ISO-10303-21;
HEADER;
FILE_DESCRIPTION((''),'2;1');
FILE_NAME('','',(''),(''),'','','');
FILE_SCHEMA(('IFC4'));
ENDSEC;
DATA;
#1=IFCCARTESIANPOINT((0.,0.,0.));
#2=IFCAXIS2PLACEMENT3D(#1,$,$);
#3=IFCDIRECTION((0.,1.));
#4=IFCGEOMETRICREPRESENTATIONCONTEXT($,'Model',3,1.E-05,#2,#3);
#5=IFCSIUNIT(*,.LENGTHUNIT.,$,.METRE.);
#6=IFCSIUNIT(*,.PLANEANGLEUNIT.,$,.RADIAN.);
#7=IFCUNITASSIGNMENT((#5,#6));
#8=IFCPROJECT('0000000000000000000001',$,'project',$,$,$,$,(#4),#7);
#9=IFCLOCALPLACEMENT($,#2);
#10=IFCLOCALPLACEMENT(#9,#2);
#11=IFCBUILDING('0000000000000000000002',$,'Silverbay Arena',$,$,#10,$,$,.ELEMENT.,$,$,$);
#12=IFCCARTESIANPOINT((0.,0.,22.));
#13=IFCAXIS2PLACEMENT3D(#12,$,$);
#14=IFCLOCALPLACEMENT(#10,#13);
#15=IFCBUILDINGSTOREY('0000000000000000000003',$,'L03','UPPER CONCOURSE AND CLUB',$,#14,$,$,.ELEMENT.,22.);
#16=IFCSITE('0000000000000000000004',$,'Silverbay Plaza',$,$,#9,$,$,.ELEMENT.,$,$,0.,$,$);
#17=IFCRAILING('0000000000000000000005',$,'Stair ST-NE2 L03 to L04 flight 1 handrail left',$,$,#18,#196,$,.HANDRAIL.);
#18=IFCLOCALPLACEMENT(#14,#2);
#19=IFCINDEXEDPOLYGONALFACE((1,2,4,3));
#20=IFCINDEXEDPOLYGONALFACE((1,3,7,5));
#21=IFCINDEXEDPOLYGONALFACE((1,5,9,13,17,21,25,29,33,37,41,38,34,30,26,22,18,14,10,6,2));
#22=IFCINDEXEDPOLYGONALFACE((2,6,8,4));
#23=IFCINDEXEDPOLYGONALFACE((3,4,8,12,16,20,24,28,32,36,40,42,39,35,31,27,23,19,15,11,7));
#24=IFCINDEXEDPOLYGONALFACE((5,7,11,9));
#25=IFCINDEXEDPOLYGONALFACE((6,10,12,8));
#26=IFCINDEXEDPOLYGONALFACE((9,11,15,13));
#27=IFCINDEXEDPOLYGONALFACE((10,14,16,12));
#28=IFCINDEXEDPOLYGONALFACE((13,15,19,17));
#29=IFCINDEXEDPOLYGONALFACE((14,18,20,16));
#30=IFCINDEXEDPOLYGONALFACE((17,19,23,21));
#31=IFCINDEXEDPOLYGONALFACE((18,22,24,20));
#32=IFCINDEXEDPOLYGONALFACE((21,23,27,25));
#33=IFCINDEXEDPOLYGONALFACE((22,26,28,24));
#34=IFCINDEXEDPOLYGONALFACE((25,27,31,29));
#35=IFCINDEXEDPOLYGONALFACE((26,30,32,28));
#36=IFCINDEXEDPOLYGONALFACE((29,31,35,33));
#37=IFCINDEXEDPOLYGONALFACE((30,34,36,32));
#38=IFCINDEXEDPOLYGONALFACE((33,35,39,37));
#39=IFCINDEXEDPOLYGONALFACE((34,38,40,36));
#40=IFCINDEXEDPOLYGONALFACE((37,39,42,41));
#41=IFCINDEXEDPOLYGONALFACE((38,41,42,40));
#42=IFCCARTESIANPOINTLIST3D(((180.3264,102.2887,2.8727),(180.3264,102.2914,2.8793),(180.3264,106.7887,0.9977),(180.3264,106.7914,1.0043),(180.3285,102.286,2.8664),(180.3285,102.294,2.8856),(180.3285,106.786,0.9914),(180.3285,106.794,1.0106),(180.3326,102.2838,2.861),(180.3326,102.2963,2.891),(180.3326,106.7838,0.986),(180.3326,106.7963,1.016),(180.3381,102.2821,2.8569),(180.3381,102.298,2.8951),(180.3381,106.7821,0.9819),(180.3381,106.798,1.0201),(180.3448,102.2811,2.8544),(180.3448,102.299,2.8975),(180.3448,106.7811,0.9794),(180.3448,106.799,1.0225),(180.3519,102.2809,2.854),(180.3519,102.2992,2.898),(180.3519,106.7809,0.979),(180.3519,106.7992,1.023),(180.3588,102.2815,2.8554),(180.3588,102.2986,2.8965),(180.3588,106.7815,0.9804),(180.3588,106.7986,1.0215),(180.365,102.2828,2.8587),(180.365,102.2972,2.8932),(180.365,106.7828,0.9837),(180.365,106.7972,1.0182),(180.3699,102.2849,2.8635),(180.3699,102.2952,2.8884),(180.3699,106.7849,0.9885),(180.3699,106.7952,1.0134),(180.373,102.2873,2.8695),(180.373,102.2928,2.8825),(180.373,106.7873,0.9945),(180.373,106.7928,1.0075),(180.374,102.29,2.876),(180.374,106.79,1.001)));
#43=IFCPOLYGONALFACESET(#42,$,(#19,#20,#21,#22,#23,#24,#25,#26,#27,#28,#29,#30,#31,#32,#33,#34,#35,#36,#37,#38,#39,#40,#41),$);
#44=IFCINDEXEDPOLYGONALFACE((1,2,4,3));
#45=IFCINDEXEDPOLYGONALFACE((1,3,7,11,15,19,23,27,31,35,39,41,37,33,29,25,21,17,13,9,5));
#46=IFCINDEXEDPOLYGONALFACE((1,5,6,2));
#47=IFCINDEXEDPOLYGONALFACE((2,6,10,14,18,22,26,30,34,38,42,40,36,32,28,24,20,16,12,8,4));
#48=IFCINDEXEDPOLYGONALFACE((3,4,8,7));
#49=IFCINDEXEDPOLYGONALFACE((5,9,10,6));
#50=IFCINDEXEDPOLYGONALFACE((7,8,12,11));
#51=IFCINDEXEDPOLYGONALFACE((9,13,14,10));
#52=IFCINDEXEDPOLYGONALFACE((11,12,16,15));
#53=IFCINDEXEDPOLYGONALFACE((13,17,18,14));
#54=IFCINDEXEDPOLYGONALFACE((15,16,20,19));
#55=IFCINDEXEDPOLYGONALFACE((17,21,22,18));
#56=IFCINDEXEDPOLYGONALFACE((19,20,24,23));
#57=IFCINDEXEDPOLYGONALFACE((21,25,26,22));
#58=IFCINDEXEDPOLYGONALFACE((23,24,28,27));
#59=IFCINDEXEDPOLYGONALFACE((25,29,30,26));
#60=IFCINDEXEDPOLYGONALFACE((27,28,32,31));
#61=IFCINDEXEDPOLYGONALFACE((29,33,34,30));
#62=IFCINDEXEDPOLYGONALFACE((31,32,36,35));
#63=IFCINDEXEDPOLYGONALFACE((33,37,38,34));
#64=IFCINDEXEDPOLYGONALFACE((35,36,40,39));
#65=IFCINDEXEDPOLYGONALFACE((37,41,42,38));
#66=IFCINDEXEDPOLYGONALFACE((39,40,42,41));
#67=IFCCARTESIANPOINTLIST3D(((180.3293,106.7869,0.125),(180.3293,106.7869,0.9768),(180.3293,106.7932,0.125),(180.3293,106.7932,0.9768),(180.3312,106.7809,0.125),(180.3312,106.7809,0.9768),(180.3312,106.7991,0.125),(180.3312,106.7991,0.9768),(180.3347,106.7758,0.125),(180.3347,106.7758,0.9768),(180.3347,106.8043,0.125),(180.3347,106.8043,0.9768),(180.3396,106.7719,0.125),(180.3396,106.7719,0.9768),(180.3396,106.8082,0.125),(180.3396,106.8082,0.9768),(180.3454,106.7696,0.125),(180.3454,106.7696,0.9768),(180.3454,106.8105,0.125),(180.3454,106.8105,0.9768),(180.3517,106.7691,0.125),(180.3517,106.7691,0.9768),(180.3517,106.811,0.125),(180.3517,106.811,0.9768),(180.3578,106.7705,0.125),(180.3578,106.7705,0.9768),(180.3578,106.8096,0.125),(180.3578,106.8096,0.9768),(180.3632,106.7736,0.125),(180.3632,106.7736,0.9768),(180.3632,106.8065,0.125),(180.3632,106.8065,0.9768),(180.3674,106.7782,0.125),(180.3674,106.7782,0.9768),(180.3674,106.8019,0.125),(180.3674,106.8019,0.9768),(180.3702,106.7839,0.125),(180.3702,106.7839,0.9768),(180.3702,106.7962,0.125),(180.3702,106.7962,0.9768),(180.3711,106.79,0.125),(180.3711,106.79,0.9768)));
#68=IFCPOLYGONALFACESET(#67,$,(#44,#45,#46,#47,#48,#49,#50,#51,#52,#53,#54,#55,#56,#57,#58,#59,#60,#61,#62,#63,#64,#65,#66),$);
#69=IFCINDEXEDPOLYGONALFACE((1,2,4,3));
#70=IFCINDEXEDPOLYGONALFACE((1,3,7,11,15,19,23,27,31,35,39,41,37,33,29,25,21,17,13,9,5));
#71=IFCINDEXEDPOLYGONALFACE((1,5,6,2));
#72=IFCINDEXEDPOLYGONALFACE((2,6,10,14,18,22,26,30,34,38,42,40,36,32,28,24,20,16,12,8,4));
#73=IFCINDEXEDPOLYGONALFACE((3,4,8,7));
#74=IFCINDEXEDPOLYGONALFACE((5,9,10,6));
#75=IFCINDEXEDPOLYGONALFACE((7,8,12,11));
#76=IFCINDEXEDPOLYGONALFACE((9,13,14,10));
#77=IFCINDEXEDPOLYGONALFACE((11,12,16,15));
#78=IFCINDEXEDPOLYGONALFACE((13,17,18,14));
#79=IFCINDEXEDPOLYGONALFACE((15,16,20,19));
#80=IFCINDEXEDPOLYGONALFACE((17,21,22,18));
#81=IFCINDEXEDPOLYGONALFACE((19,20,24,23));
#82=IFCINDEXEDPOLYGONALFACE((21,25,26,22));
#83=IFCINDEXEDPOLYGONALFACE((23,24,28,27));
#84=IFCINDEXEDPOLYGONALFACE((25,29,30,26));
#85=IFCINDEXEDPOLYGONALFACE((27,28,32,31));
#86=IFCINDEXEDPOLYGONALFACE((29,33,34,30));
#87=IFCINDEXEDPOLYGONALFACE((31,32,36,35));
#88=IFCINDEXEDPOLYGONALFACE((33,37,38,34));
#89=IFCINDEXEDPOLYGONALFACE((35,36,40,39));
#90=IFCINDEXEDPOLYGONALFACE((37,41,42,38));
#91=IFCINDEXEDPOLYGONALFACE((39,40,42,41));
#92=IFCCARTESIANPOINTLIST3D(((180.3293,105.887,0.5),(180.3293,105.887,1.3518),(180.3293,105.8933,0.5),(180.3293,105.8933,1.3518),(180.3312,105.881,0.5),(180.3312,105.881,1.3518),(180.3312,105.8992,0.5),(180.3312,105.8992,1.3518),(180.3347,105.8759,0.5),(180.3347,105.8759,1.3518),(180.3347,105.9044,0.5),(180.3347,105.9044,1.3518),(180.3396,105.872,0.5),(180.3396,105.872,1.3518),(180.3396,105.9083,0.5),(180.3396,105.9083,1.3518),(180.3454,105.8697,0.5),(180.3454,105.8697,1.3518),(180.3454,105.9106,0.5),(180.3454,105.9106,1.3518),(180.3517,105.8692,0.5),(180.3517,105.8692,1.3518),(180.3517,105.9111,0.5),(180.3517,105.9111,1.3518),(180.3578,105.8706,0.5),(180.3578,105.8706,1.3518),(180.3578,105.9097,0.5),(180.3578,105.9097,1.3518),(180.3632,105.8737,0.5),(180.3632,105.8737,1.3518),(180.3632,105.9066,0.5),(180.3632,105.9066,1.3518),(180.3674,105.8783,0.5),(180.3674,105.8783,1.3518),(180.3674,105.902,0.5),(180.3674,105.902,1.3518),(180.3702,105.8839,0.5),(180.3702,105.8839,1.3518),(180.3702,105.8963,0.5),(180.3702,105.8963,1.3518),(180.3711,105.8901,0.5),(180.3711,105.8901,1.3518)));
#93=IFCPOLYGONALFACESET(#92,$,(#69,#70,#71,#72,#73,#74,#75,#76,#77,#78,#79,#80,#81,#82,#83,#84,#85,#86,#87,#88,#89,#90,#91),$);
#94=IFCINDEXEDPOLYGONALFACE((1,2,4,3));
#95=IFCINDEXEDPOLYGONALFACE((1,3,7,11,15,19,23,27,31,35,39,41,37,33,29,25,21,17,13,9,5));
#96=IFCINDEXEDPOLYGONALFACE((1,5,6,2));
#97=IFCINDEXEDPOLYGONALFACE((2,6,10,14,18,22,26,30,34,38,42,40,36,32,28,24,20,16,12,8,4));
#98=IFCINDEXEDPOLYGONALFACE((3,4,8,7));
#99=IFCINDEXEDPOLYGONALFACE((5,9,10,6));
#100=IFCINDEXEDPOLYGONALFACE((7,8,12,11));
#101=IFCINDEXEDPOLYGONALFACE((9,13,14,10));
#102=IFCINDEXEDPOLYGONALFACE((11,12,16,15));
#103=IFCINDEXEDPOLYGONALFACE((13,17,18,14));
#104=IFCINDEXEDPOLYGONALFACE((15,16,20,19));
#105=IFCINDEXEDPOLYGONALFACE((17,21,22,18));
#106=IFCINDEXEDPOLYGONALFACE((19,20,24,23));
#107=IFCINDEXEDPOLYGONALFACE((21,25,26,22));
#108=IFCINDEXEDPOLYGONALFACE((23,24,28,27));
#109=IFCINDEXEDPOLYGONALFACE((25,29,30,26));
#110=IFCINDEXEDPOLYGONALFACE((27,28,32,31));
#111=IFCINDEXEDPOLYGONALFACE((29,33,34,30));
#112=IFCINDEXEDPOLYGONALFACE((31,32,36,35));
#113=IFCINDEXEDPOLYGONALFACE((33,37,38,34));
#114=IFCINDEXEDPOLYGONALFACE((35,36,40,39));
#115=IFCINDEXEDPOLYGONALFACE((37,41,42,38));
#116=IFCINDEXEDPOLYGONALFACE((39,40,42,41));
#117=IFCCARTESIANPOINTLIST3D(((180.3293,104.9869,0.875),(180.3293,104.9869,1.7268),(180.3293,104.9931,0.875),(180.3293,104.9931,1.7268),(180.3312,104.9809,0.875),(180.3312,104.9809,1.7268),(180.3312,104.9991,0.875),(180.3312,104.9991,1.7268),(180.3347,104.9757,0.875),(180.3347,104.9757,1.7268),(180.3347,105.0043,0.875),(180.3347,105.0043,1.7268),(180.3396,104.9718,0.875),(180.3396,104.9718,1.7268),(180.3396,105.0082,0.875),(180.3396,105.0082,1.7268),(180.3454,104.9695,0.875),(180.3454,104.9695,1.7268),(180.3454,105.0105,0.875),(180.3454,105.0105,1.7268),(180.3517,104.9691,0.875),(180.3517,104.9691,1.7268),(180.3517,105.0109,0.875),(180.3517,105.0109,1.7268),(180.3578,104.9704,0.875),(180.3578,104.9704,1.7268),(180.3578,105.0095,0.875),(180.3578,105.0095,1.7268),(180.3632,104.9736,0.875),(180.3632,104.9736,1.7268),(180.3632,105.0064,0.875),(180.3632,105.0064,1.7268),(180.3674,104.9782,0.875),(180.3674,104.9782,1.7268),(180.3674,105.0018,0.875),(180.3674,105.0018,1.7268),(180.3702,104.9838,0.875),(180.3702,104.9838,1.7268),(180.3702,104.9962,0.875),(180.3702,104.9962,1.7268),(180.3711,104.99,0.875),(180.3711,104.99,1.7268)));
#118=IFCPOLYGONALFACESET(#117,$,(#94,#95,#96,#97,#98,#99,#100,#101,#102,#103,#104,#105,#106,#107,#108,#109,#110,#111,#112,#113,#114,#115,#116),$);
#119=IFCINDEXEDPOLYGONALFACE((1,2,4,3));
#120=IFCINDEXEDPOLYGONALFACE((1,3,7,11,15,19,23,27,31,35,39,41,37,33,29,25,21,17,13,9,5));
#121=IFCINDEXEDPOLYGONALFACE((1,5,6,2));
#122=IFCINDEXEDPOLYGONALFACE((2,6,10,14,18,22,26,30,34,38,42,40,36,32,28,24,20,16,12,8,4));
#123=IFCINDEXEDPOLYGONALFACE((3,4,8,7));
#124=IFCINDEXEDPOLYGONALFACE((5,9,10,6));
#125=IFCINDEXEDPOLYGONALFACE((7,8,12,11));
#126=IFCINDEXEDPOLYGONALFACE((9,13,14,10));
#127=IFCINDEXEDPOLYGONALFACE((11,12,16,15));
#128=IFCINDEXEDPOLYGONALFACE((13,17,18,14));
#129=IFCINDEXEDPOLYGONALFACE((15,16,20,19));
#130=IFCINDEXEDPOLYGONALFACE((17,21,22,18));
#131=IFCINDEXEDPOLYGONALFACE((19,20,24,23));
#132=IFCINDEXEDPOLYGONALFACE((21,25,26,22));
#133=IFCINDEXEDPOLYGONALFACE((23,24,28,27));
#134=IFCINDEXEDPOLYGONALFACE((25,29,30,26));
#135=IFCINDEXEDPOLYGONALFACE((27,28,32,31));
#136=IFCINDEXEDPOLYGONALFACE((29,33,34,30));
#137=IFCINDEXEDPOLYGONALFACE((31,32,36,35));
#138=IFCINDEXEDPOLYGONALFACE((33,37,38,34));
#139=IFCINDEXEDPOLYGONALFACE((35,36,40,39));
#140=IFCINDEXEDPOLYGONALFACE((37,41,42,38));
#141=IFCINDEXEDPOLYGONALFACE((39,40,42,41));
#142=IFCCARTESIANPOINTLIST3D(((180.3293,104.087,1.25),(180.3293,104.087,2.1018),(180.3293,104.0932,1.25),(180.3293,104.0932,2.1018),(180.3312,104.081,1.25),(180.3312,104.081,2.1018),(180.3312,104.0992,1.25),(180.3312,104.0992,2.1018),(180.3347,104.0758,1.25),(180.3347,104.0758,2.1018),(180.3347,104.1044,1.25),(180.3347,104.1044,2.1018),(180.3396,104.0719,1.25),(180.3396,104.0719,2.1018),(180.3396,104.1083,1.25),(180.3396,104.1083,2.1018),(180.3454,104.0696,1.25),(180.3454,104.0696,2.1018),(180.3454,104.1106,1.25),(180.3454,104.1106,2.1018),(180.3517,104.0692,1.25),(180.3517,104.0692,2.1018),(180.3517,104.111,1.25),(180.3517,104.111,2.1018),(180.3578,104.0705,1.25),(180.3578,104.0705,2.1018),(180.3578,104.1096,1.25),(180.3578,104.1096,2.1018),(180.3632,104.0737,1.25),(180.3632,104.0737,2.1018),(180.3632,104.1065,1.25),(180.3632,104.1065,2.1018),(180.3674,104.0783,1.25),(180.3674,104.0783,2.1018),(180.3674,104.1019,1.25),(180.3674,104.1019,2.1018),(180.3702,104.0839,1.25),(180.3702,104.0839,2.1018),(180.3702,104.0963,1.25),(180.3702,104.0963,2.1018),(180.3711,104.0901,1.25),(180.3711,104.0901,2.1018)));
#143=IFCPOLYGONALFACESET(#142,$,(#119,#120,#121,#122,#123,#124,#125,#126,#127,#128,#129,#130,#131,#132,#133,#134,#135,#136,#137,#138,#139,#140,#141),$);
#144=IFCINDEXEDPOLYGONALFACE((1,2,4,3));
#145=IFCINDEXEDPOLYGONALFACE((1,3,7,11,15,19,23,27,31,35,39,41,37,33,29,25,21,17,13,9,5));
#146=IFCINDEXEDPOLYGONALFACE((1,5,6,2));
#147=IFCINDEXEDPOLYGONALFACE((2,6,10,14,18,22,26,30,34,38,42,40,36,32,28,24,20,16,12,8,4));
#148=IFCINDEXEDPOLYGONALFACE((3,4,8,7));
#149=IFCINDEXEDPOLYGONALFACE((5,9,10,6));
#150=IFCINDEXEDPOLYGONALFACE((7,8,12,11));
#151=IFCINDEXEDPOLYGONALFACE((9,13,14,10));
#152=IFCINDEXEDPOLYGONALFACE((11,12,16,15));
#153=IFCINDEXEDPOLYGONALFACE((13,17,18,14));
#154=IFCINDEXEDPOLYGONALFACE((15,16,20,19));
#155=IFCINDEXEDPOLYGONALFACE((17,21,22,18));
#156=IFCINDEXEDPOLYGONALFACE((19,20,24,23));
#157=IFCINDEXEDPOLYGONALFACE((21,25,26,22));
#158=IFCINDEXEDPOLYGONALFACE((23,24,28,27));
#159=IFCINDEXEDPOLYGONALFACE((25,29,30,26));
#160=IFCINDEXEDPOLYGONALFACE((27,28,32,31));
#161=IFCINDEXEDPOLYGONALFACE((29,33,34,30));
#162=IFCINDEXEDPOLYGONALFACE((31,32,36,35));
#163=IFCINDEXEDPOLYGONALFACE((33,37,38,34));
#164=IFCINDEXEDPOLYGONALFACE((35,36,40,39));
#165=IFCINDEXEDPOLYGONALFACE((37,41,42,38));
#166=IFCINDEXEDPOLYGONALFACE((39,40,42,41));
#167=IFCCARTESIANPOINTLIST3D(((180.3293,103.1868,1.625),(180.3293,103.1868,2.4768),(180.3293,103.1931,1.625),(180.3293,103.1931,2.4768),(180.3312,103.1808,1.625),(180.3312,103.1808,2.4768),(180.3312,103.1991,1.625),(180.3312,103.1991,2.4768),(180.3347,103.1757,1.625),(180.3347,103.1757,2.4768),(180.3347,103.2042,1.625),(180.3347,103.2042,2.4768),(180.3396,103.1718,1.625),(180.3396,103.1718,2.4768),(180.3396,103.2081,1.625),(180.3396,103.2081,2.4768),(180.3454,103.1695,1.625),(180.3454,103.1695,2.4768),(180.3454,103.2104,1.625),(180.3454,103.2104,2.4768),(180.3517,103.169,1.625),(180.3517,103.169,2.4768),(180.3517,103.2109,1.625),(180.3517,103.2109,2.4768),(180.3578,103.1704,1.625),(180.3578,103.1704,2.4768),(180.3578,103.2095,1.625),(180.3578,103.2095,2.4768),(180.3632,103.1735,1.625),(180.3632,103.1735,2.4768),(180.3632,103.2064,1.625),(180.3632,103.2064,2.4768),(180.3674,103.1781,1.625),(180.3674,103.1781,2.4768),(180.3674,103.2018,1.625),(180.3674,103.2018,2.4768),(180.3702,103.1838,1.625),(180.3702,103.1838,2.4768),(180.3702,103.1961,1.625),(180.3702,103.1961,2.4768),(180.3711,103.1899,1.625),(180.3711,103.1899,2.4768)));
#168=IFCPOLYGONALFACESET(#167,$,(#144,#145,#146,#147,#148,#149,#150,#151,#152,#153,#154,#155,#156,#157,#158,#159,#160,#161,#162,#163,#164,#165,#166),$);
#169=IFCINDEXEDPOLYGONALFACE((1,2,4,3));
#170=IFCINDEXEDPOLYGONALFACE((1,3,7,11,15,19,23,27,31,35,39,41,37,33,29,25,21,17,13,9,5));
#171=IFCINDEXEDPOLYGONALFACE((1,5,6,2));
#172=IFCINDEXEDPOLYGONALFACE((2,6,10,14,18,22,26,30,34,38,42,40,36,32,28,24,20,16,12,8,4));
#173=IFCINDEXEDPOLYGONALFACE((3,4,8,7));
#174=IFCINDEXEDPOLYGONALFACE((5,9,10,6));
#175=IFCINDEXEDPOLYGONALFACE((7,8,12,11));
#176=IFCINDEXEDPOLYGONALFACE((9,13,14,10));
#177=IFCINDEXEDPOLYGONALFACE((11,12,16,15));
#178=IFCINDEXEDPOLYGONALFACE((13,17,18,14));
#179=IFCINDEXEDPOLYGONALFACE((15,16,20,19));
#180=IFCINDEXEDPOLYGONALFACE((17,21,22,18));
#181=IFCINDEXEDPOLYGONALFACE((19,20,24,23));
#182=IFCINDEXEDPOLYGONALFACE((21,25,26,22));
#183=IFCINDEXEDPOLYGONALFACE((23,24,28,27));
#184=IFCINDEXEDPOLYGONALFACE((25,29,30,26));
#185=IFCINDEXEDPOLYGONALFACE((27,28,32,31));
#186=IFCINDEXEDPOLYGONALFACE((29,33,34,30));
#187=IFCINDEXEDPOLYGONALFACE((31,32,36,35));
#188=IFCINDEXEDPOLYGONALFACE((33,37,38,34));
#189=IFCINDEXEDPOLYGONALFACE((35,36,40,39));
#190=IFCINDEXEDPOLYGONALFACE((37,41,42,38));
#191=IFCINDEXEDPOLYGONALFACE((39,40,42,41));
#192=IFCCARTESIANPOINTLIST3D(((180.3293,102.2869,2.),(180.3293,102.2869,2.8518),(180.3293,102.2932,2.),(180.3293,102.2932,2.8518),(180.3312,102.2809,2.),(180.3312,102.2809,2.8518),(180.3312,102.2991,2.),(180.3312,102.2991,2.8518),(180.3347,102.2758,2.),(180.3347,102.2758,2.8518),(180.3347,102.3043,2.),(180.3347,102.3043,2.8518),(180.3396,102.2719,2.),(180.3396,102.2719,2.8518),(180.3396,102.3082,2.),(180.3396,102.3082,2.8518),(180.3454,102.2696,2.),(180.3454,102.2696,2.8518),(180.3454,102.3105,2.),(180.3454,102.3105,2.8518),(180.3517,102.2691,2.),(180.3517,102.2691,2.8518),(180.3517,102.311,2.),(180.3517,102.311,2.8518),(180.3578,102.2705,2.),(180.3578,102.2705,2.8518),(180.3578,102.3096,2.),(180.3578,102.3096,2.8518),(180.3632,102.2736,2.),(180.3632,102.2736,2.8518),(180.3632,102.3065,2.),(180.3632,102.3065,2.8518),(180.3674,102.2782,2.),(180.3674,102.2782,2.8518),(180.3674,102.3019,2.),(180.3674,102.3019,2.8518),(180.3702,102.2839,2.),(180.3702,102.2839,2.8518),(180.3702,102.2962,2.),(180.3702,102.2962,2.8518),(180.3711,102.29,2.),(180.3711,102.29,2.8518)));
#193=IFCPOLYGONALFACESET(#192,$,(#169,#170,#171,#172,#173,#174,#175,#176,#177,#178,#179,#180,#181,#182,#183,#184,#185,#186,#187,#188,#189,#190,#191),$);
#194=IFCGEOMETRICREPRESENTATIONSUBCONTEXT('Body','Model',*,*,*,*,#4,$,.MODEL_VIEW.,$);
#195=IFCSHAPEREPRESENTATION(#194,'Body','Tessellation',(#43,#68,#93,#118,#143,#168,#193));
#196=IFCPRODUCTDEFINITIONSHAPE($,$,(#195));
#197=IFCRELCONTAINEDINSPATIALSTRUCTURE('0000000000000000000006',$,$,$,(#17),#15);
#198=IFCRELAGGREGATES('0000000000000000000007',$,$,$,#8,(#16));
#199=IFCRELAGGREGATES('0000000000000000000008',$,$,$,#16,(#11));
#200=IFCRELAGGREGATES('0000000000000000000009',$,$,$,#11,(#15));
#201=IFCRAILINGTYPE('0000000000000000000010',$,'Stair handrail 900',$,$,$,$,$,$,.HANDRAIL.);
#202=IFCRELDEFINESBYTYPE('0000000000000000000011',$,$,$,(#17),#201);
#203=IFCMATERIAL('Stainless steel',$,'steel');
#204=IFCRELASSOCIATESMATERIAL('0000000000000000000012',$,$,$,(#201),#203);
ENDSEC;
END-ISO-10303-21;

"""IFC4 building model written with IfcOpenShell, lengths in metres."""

from ifc_helpers import new_model, si_unit, direction, frame, origin, origin_2d, place, context, subcontext, project, spatial, circle, extrude, material, type_object, element, save


model = new_model("IFC4")

# Units and contexts
model_context = context("Model", 3, precision=1e-05, world=origin(), true_north=direction((0.0, 1.0)))
body_context = subcontext(model_context, "Body", "Model", "MODEL_VIEW")
ifc_project = project(units=[si_unit("LENGTHUNIT", "METRE"), si_unit("PLANEANGLEUNIT", "RADIAN")], contexts=[model_context])

# Site, building, storey
site_placement = place(None, origin())
site = spatial("IfcSite", under=ifc_project, at=site_placement, Name="Silverbay Plaza", CompositionType="ELEMENT", RefElevation=0.0)
building_placement = place(site_placement, origin())
building = spatial("IfcBuilding", under=site, at=building_placement, Name="Silverbay Arena", CompositionType="ELEMENT")
storey_placement = place(building_placement, frame((0.0, 0.0, 22.0)))
storey = spatial("IfcBuildingStorey", under=building, at=storey_placement, Name="L03", Description="UPPER CONCOURSE AND CLUB", CompositionType="ELEMENT", Elevation=22.0)

# Railing
ifc_material_1 = material(Name="Stainless steel", Category="steel")
railing_type = type_object("IfcRailingType", Name="Stair handrail 900", PredefinedType="HANDRAIL", material=ifc_material_1)
for number, where, name in (
    (1, (180.3501, 106.79, 0.125), "Stair ST-NE2 L03 to L04 flight 1 handrail left"),
):
    element("IfcRailing", number, at=place(storey_placement, frame(where)), inside=storey, type_object=railing_type, Name=name, PredefinedType="HANDRAIL", context=body_context, shape_type="SweptSolid", body=[
        extrude(circle(Radius=0.0239, at=origin_2d()), frame((0.0, 0.0, 0.876), z_axis=(0.0, -0.923077, 0.384615), x_axis=(1.0, 0.0, 0.0)), (0.0, 0.0, 1.0), 4.875),
        extrude(circle(Radius=0.021, at=origin_2d()), origin(), (0.0, 0.0, 1.0), 0.8518),
        extrude(circle(Radius=0.021, at=origin_2d()), frame((0.0, -0.8999, 0.375)), (0.0, 0.0, 1.0), 0.8518),
        extrude(circle(Radius=0.021, at=origin_2d()), frame((0.0, -1.8, 0.75)), (0.0, 0.0, 1.0), 0.8518),
        extrude(circle(Radius=0.021, at=origin_2d()), frame((0.0, -2.7, 1.125)), (0.0, 0.0, 1.0), 0.8518),
        extrude(circle(Radius=0.021, at=origin_2d()), frame((0.0, -3.6001, 1.5)), (0.0, 0.0, 1.0), 0.8518),
        extrude(circle(Radius=0.021, at=origin_2d()), frame((0.0, -4.5, 1.875)), (0.0, 0.0, 1.0), 0.8518),
    ])

save(model, "model.ifc")
